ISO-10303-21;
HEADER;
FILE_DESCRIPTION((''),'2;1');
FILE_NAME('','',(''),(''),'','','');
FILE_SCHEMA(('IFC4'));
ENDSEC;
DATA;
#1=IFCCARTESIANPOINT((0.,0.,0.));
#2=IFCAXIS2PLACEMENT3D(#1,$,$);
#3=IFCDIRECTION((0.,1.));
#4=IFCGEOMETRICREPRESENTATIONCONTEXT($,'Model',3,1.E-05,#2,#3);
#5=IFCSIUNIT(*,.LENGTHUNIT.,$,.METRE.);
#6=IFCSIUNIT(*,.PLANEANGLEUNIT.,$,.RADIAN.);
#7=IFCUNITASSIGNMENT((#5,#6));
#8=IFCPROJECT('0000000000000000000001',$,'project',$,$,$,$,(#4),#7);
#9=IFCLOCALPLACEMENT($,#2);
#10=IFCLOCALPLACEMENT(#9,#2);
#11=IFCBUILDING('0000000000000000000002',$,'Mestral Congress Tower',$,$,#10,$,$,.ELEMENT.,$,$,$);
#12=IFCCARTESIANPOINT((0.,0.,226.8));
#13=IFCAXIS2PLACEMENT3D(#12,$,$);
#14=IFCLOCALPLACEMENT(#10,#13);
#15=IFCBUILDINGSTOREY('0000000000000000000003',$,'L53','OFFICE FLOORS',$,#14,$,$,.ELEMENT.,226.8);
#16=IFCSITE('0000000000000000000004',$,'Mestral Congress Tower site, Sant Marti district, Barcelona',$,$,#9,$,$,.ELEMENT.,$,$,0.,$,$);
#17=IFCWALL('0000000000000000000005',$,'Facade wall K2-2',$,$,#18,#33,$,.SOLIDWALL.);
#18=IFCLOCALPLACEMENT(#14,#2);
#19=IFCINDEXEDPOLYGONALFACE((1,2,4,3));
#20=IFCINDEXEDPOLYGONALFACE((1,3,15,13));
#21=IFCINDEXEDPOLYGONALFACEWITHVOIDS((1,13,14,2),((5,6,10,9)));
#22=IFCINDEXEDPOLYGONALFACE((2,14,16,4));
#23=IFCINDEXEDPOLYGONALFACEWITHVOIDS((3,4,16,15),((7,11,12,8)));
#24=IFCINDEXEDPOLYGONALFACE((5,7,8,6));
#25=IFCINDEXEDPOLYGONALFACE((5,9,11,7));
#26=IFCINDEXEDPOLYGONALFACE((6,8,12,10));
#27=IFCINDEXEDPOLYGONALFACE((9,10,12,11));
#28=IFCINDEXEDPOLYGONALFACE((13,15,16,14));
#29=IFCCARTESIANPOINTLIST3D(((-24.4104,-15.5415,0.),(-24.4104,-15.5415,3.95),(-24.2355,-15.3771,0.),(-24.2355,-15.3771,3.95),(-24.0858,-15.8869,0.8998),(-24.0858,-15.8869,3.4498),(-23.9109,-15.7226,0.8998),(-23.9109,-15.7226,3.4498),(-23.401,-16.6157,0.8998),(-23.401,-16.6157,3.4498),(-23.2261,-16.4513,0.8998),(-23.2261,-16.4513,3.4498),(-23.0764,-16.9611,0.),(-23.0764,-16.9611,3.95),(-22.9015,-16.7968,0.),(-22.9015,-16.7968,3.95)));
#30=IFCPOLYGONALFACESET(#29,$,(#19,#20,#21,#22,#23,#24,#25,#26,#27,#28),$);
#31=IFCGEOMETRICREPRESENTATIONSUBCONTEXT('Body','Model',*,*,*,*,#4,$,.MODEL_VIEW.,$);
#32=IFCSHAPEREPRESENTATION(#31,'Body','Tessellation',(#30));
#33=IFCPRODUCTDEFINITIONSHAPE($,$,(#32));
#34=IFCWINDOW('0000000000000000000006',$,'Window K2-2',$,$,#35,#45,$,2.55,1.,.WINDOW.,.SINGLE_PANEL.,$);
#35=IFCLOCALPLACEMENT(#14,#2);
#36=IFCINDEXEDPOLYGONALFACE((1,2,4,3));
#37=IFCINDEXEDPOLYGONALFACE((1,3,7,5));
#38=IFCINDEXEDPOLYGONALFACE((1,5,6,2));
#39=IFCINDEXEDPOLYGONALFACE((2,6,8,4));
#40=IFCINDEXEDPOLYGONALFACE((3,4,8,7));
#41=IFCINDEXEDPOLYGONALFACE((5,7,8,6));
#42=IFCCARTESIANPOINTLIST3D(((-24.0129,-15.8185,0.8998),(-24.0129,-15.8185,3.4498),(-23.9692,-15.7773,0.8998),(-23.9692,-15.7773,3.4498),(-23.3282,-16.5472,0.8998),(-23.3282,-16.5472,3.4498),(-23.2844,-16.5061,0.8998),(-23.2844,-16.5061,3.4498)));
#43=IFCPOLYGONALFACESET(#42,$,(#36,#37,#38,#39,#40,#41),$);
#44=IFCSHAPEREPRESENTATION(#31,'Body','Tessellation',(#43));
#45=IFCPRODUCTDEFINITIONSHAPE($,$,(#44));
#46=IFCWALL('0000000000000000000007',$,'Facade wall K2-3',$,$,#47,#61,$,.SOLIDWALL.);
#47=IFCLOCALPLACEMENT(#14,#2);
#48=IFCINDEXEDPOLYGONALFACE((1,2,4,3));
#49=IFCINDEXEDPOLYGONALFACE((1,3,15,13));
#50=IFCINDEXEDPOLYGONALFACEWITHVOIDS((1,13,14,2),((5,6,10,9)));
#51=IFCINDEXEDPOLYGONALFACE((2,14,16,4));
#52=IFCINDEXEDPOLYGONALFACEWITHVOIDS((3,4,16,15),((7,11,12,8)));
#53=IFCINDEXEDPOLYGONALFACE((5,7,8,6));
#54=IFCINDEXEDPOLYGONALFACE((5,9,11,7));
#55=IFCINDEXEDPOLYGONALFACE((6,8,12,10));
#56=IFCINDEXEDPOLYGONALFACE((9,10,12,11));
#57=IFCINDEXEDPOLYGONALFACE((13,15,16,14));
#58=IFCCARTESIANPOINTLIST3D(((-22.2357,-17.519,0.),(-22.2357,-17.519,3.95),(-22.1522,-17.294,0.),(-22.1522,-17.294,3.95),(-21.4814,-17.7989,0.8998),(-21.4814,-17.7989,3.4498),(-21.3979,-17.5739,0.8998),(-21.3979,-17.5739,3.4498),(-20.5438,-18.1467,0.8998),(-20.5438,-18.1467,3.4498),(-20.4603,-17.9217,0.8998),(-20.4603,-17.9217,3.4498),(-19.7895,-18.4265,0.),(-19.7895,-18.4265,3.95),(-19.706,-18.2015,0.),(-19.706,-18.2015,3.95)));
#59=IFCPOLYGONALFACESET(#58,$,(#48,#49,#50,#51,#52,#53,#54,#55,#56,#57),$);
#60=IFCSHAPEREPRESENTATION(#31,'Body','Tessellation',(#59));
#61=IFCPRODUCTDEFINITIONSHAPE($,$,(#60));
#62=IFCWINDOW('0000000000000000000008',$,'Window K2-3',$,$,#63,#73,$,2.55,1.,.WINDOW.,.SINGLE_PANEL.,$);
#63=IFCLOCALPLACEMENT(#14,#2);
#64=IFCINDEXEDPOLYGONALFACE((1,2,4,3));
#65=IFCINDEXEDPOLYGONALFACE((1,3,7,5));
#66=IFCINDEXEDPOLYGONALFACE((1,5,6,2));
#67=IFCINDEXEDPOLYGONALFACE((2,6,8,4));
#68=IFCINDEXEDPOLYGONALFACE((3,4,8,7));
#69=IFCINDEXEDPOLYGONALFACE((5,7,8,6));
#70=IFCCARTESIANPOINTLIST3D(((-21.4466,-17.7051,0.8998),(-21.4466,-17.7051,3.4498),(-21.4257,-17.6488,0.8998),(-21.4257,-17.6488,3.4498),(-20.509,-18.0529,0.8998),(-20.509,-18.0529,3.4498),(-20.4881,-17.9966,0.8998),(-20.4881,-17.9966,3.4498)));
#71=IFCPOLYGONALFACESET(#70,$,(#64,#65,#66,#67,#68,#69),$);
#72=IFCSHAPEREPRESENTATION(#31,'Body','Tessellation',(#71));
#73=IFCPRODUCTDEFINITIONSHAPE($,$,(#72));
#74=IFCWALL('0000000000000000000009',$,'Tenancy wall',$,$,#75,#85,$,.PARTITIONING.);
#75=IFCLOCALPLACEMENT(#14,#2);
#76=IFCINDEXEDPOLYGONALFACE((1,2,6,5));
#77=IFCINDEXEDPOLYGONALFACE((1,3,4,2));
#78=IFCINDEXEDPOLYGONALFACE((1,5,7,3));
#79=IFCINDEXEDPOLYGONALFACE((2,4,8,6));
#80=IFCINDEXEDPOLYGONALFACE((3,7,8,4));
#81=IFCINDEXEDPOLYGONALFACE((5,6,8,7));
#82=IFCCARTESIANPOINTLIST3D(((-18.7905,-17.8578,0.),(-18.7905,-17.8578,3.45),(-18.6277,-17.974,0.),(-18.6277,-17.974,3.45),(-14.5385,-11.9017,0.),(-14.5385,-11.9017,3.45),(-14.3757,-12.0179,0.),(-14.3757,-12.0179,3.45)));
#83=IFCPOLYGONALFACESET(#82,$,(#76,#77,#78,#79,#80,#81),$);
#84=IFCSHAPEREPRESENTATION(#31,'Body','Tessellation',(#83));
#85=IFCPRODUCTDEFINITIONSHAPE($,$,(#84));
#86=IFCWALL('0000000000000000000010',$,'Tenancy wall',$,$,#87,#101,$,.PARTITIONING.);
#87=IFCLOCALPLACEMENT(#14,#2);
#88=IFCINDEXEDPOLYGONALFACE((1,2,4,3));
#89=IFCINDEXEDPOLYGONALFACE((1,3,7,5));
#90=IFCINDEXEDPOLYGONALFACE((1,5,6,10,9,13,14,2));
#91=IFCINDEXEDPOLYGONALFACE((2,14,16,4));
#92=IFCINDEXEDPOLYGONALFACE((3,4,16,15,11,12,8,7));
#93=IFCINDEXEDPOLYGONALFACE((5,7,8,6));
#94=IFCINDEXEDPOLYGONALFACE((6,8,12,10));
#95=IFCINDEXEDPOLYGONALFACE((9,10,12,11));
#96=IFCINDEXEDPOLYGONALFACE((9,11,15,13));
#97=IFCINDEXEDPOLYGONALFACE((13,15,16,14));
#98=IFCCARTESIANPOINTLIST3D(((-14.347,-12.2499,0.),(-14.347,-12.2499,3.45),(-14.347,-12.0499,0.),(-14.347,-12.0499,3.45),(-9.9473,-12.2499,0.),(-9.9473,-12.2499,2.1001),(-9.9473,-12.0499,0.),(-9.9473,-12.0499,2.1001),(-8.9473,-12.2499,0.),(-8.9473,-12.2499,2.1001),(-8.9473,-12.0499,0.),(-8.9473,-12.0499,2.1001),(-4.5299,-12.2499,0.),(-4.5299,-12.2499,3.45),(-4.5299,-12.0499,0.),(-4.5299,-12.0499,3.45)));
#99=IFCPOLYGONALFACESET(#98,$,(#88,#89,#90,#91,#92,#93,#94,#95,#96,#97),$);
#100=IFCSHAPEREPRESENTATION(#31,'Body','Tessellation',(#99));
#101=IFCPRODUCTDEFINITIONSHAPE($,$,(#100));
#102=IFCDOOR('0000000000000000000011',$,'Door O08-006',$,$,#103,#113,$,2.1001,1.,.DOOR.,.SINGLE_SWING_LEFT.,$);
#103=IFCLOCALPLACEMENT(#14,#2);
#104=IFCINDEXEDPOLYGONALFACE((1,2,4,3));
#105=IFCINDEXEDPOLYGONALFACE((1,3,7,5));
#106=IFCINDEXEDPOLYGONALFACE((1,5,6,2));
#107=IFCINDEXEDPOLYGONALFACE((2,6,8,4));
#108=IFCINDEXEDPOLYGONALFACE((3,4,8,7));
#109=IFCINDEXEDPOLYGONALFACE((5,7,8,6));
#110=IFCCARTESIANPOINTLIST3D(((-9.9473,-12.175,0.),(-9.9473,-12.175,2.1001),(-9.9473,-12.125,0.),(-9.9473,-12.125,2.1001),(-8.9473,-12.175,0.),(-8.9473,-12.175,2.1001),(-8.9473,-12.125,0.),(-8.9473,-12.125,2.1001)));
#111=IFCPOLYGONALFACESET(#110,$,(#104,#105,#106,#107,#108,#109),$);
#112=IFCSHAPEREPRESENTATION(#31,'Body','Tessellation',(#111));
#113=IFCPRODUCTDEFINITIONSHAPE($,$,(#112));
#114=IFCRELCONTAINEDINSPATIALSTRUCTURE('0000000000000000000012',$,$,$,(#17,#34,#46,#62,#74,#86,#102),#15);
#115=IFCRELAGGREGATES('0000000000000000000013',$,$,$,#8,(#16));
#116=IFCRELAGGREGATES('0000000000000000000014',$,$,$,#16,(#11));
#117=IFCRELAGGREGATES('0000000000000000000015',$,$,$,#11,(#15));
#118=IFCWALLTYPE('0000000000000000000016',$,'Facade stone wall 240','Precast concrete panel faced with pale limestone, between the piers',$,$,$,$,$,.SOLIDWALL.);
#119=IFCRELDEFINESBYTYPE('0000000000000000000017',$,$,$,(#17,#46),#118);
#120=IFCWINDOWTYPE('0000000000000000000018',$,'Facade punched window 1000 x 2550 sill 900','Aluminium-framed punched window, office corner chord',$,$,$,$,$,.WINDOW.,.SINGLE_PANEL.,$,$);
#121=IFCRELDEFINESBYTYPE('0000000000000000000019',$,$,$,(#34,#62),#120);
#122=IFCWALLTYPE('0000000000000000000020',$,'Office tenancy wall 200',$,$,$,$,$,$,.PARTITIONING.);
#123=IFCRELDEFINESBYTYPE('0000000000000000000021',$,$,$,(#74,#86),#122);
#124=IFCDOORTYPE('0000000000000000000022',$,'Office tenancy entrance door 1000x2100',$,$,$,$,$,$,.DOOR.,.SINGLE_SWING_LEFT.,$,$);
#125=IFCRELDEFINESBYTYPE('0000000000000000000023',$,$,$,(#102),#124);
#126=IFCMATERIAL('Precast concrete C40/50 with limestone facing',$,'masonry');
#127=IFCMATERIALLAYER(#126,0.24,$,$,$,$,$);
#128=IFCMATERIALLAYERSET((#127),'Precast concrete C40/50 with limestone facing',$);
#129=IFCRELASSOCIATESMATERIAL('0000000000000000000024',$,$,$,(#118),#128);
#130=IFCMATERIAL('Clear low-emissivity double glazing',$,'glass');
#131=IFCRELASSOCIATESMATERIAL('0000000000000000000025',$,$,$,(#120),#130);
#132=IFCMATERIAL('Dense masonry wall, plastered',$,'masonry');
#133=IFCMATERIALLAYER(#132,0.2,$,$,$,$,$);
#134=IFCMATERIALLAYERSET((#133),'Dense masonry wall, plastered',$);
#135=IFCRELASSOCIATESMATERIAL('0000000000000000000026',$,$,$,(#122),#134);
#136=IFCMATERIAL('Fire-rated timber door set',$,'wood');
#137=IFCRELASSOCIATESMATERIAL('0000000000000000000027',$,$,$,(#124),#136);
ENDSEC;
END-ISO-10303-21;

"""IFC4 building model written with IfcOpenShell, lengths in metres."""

from ifc_helpers import new_model, si_unit, direction, frame, frame_2d, origin, place, context, subcontext, project, spatial, rectangle, extrude, material, layer, layer_set, type_object, element, fill, save


model = new_model("IFC4")

# Units and contexts
model_context = context("Model", 3, precision=1e-05, world=origin(), true_north=direction((0.0, 1.0)))
body_context = subcontext(model_context, "Body", "Model", "MODEL_VIEW")
ifc_project = project(units=[si_unit("LENGTHUNIT", "METRE"), si_unit("PLANEANGLEUNIT", "RADIAN")], contexts=[model_context])

# Site, building, storey
site_placement = place(None, origin())
site = spatial("IfcSite", under=ifc_project, at=site_placement, Name="Mestral Congress Tower site, Sant Marti district, Barcelona", CompositionType="ELEMENT", RefElevation=0.0)
building_placement = place(site_placement, origin())
building = spatial("IfcBuilding", under=site, at=building_placement, Name="Mestral Congress Tower", CompositionType="ELEMENT")
storey_placement = place(building_placement, frame((0.0, 0.0, 226.8)))
storey = spatial("IfcBuildingStorey", under=building, at=storey_placement, Name="L53", Description="OFFICE FLOORS", CompositionType="ELEMENT", Elevation=226.8)

# Shared definitions
ifc_material_1 = material(Name="Precast concrete C40/50 with limestone facing", Category="masonry")
ifc_layer_1 = layer(ifc_material_1, 0.24)
ifc_layer_set_1 = layer_set([ifc_layer_1], Name="Precast concrete C40/50 with limestone facing")
wall_type_1 = type_object("IfcWallType", Name="Facade stone wall 240", Description="Precast concrete panel faced with pale limestone, between the piers", PredefinedType="SOLIDWALL", material=ifc_layer_set_1)
ifc_material_2 = material(Name="Clear low-emissivity double glazing", Category="glass")

# Walls, openings, windows
window_type_1 = type_object("IfcWindowType", Name="Facade punched window 1000 x 2550 sill 900", Description="Aluminium-framed punched window, office corner chord", PartitioningType="SINGLE_PANEL", PredefinedType="WINDOW", material=ifc_material_2)
wall_1_placement = place(storey_placement, frame((-24.323, -15.4592, 0.0), z_axis=(0.0, 0.0, 1.0), x_axis=(0.68477, -0.728759, 0.0)))
wall_1 = element("IfcWall", 1, at=wall_1_placement, inside=storey, type_object=wall_type_1, Name="Facade wall K2-2", PredefinedType="SOLIDWALL", context=body_context, shape_type="SweptSolid", body=[
    extrude(rectangle(XDim=1.948, YDim=0.24, at=frame_2d((0.9741, 0.0))), origin(), (0.0, 0.0, 1.0), 3.95),
])
opening_1_placement = place(wall_1_placement, frame((0.4741, 0.0, 0.8999)))
opening_1 = element("IfcOpeningElement", 2, at=opening_1_placement, cuts=wall_1, PredefinedType="OPENING", context=body_context, shape_type="SweptSolid", body=[
    extrude(rectangle(XDim=1.0, YDim=2.55, at=frame_2d((0.5, 1.2749))), frame((0.0, 0.1299, 0.0), z_axis=(0.0, -1.0, 0.0), x_axis=(1.0, 0.0, 0.0)), (0.0, 0.0, 1.0), 0.26),
])
window_1_placement = place(opening_1_placement, origin())
window_1 = element("IfcWindow", 3, at=window_1_placement, inside=storey, type_object=window_type_1, Name="Window K2-2", OverallHeight=2.55, OverallWidth=1.0, PartitioningType="SINGLE_PANEL", PredefinedType="WINDOW", context=body_context, shape_type="SweptSolid", body=[
    extrude(rectangle(XDim=1.0, YDim=2.55, at=frame_2d((0.5, 1.2749))), frame((0.0, 0.04, 0.0), z_axis=(0.0, -1.0, 0.0), x_axis=(1.0, 0.0, 0.0)), (0.0, 0.0, 1.0), 0.0601),
])
fill(opening_1, window_1)
wall_2_placement = place(storey_placement, frame((-22.1941, -17.4065, 0.0), z_axis=(0.0, 0.0, 1.0), x_axis=(0.937569, -0.347799, 0.0)))
wall_2 = element("IfcWall", 4, at=wall_2_placement, inside=storey, type_object=wall_type_1, Name="Facade wall K2-3", PredefinedType="SOLIDWALL", context=body_context, shape_type="SweptSolid", body=[
    extrude(rectangle(XDim=2.6091, YDim=0.24, at=frame_2d((1.3047, 0.0))), origin(), (0.0, 0.0, 1.0), 3.95),
])
opening_2_placement = place(wall_2_placement, frame((0.8047, 0.0, 0.8999)))
opening_2 = element("IfcOpeningElement", 5, at=opening_2_placement, cuts=wall_2, PredefinedType="OPENING", context=body_context, shape_type="SweptSolid", body=[
    extrude(rectangle(XDim=1.0, YDim=2.55, at=frame_2d((0.5, 1.2749))), frame((0.0, 0.1299, 0.0), z_axis=(0.0, -1.0, 0.0), x_axis=(1.0, 0.0, 0.0)), (0.0, 0.0, 1.0), 0.26),
])
window_2_placement = place(opening_2_placement, origin())
window_2 = element("IfcWindow", 6, at=window_2_placement, inside=storey, type_object=window_type_1, Name="Window K2-3", OverallHeight=2.55, OverallWidth=1.0, PartitioningType="SINGLE_PANEL", PredefinedType="WINDOW", context=body_context, shape_type="SweptSolid", body=[
    extrude(rectangle(XDim=1.0, YDim=2.55, at=frame_2d((0.5, 1.2749))), frame((0.0, 0.04, 0.0), z_axis=(0.0, -1.0, 0.0), x_axis=(1.0, 0.0, 0.0)), (0.0, 0.0, 1.0), 0.0601),
])
fill(opening_2, window_2)

# Wall
ifc_material_3 = material(Name="Dense masonry wall, plastered", Category="masonry")
ifc_layer_2 = layer(ifc_material_3, 0.2)
ifc_layer_set_2 = layer_set([ifc_layer_2], Name="Dense masonry wall, plastered")
wall_type_2 = type_object("IfcWallType", Name="Office tenancy wall 200", PredefinedType="PARTITIONING", material=ifc_layer_set_2)
wall_3_placement = place(storey_placement, frame((-14.457, -11.9597, 0.0), z_axis=(0.0, 0.0, 1.0), x_axis=(-0.581024, -0.813887, 0.0)))
element("IfcWall", 7, at=wall_3_placement, inside=storey, type_object=wall_type_2, Name="Tenancy wall", PredefinedType="PARTITIONING", context=body_context, shape_type="SweptSolid", body=[
    extrude(rectangle(XDim=7.3181, YDim=0.2, at=frame_2d((3.6592, 0.0))), origin(), (0.0, 0.0, 1.0), 3.45),
])

# Wall, opening, door
wall_4_placement = place(storey_placement, frame((-14.3472, -12.1499, 0.0), z_axis=(0.0, 0.0, 1.0), x_axis=(1.0, 0.0, 0.0)))
wall_4 = element("IfcWall", 8, at=wall_4_placement, inside=storey, type_object=wall_type_2, Name="Tenancy wall", PredefinedType="PARTITIONING", context=body_context, shape_type="SweptSolid", body=[
    extrude(rectangle(XDim=9.8171, YDim=0.2, at=frame_2d((4.9087, 0.0))), origin(), (0.0, 0.0, 1.0), 3.45),
])
opening_3_placement = place(wall_4_placement, frame((4.3999, 0.0, 0.0)))
opening_3 = element("IfcOpeningElement", 9, at=opening_3_placement, cuts=wall_4, PredefinedType="OPENING", context=body_context, shape_type="SweptSolid", body=[
    extrude(rectangle(XDim=1.0, YDim=2.1001, at=frame_2d((0.5, 1.05))), frame((0.0, 0.1099, 0.0), z_axis=(0.0, -1.0, 0.0), x_axis=(1.0, 0.0, 0.0)), (0.0, 0.0, 1.0), 0.22),
])
ifc_material_4 = material(Name="Fire-rated timber door set", Category="wood")
door_type = type_object("IfcDoorType", Name="Office tenancy entrance door 1000x2100", OperationType="SINGLE_SWING_LEFT", PredefinedType="DOOR", material=ifc_material_4)
door_placement = place(opening_3_placement, origin())
door = element("IfcDoor", 10, at=door_placement, inside=storey, type_object=door_type, Name="Door O08-006", OperationType="SINGLE_SWING_LEFT", OverallHeight=2.1001, OverallWidth=1.0, PredefinedType="DOOR", context=body_context, shape_type="SweptSolid", body=[
    extrude(rectangle(XDim=1.0, YDim=2.1001, at=frame_2d((0.5, 1.05))), frame((0.0, 0.0249, 0.0), z_axis=(0.0, -1.0, 0.0), x_axis=(1.0, 0.0, 0.0)), (0.0, 0.0, 1.0), 0.05),
])
fill(opening_3, door)

save(model, "model.ifc")
